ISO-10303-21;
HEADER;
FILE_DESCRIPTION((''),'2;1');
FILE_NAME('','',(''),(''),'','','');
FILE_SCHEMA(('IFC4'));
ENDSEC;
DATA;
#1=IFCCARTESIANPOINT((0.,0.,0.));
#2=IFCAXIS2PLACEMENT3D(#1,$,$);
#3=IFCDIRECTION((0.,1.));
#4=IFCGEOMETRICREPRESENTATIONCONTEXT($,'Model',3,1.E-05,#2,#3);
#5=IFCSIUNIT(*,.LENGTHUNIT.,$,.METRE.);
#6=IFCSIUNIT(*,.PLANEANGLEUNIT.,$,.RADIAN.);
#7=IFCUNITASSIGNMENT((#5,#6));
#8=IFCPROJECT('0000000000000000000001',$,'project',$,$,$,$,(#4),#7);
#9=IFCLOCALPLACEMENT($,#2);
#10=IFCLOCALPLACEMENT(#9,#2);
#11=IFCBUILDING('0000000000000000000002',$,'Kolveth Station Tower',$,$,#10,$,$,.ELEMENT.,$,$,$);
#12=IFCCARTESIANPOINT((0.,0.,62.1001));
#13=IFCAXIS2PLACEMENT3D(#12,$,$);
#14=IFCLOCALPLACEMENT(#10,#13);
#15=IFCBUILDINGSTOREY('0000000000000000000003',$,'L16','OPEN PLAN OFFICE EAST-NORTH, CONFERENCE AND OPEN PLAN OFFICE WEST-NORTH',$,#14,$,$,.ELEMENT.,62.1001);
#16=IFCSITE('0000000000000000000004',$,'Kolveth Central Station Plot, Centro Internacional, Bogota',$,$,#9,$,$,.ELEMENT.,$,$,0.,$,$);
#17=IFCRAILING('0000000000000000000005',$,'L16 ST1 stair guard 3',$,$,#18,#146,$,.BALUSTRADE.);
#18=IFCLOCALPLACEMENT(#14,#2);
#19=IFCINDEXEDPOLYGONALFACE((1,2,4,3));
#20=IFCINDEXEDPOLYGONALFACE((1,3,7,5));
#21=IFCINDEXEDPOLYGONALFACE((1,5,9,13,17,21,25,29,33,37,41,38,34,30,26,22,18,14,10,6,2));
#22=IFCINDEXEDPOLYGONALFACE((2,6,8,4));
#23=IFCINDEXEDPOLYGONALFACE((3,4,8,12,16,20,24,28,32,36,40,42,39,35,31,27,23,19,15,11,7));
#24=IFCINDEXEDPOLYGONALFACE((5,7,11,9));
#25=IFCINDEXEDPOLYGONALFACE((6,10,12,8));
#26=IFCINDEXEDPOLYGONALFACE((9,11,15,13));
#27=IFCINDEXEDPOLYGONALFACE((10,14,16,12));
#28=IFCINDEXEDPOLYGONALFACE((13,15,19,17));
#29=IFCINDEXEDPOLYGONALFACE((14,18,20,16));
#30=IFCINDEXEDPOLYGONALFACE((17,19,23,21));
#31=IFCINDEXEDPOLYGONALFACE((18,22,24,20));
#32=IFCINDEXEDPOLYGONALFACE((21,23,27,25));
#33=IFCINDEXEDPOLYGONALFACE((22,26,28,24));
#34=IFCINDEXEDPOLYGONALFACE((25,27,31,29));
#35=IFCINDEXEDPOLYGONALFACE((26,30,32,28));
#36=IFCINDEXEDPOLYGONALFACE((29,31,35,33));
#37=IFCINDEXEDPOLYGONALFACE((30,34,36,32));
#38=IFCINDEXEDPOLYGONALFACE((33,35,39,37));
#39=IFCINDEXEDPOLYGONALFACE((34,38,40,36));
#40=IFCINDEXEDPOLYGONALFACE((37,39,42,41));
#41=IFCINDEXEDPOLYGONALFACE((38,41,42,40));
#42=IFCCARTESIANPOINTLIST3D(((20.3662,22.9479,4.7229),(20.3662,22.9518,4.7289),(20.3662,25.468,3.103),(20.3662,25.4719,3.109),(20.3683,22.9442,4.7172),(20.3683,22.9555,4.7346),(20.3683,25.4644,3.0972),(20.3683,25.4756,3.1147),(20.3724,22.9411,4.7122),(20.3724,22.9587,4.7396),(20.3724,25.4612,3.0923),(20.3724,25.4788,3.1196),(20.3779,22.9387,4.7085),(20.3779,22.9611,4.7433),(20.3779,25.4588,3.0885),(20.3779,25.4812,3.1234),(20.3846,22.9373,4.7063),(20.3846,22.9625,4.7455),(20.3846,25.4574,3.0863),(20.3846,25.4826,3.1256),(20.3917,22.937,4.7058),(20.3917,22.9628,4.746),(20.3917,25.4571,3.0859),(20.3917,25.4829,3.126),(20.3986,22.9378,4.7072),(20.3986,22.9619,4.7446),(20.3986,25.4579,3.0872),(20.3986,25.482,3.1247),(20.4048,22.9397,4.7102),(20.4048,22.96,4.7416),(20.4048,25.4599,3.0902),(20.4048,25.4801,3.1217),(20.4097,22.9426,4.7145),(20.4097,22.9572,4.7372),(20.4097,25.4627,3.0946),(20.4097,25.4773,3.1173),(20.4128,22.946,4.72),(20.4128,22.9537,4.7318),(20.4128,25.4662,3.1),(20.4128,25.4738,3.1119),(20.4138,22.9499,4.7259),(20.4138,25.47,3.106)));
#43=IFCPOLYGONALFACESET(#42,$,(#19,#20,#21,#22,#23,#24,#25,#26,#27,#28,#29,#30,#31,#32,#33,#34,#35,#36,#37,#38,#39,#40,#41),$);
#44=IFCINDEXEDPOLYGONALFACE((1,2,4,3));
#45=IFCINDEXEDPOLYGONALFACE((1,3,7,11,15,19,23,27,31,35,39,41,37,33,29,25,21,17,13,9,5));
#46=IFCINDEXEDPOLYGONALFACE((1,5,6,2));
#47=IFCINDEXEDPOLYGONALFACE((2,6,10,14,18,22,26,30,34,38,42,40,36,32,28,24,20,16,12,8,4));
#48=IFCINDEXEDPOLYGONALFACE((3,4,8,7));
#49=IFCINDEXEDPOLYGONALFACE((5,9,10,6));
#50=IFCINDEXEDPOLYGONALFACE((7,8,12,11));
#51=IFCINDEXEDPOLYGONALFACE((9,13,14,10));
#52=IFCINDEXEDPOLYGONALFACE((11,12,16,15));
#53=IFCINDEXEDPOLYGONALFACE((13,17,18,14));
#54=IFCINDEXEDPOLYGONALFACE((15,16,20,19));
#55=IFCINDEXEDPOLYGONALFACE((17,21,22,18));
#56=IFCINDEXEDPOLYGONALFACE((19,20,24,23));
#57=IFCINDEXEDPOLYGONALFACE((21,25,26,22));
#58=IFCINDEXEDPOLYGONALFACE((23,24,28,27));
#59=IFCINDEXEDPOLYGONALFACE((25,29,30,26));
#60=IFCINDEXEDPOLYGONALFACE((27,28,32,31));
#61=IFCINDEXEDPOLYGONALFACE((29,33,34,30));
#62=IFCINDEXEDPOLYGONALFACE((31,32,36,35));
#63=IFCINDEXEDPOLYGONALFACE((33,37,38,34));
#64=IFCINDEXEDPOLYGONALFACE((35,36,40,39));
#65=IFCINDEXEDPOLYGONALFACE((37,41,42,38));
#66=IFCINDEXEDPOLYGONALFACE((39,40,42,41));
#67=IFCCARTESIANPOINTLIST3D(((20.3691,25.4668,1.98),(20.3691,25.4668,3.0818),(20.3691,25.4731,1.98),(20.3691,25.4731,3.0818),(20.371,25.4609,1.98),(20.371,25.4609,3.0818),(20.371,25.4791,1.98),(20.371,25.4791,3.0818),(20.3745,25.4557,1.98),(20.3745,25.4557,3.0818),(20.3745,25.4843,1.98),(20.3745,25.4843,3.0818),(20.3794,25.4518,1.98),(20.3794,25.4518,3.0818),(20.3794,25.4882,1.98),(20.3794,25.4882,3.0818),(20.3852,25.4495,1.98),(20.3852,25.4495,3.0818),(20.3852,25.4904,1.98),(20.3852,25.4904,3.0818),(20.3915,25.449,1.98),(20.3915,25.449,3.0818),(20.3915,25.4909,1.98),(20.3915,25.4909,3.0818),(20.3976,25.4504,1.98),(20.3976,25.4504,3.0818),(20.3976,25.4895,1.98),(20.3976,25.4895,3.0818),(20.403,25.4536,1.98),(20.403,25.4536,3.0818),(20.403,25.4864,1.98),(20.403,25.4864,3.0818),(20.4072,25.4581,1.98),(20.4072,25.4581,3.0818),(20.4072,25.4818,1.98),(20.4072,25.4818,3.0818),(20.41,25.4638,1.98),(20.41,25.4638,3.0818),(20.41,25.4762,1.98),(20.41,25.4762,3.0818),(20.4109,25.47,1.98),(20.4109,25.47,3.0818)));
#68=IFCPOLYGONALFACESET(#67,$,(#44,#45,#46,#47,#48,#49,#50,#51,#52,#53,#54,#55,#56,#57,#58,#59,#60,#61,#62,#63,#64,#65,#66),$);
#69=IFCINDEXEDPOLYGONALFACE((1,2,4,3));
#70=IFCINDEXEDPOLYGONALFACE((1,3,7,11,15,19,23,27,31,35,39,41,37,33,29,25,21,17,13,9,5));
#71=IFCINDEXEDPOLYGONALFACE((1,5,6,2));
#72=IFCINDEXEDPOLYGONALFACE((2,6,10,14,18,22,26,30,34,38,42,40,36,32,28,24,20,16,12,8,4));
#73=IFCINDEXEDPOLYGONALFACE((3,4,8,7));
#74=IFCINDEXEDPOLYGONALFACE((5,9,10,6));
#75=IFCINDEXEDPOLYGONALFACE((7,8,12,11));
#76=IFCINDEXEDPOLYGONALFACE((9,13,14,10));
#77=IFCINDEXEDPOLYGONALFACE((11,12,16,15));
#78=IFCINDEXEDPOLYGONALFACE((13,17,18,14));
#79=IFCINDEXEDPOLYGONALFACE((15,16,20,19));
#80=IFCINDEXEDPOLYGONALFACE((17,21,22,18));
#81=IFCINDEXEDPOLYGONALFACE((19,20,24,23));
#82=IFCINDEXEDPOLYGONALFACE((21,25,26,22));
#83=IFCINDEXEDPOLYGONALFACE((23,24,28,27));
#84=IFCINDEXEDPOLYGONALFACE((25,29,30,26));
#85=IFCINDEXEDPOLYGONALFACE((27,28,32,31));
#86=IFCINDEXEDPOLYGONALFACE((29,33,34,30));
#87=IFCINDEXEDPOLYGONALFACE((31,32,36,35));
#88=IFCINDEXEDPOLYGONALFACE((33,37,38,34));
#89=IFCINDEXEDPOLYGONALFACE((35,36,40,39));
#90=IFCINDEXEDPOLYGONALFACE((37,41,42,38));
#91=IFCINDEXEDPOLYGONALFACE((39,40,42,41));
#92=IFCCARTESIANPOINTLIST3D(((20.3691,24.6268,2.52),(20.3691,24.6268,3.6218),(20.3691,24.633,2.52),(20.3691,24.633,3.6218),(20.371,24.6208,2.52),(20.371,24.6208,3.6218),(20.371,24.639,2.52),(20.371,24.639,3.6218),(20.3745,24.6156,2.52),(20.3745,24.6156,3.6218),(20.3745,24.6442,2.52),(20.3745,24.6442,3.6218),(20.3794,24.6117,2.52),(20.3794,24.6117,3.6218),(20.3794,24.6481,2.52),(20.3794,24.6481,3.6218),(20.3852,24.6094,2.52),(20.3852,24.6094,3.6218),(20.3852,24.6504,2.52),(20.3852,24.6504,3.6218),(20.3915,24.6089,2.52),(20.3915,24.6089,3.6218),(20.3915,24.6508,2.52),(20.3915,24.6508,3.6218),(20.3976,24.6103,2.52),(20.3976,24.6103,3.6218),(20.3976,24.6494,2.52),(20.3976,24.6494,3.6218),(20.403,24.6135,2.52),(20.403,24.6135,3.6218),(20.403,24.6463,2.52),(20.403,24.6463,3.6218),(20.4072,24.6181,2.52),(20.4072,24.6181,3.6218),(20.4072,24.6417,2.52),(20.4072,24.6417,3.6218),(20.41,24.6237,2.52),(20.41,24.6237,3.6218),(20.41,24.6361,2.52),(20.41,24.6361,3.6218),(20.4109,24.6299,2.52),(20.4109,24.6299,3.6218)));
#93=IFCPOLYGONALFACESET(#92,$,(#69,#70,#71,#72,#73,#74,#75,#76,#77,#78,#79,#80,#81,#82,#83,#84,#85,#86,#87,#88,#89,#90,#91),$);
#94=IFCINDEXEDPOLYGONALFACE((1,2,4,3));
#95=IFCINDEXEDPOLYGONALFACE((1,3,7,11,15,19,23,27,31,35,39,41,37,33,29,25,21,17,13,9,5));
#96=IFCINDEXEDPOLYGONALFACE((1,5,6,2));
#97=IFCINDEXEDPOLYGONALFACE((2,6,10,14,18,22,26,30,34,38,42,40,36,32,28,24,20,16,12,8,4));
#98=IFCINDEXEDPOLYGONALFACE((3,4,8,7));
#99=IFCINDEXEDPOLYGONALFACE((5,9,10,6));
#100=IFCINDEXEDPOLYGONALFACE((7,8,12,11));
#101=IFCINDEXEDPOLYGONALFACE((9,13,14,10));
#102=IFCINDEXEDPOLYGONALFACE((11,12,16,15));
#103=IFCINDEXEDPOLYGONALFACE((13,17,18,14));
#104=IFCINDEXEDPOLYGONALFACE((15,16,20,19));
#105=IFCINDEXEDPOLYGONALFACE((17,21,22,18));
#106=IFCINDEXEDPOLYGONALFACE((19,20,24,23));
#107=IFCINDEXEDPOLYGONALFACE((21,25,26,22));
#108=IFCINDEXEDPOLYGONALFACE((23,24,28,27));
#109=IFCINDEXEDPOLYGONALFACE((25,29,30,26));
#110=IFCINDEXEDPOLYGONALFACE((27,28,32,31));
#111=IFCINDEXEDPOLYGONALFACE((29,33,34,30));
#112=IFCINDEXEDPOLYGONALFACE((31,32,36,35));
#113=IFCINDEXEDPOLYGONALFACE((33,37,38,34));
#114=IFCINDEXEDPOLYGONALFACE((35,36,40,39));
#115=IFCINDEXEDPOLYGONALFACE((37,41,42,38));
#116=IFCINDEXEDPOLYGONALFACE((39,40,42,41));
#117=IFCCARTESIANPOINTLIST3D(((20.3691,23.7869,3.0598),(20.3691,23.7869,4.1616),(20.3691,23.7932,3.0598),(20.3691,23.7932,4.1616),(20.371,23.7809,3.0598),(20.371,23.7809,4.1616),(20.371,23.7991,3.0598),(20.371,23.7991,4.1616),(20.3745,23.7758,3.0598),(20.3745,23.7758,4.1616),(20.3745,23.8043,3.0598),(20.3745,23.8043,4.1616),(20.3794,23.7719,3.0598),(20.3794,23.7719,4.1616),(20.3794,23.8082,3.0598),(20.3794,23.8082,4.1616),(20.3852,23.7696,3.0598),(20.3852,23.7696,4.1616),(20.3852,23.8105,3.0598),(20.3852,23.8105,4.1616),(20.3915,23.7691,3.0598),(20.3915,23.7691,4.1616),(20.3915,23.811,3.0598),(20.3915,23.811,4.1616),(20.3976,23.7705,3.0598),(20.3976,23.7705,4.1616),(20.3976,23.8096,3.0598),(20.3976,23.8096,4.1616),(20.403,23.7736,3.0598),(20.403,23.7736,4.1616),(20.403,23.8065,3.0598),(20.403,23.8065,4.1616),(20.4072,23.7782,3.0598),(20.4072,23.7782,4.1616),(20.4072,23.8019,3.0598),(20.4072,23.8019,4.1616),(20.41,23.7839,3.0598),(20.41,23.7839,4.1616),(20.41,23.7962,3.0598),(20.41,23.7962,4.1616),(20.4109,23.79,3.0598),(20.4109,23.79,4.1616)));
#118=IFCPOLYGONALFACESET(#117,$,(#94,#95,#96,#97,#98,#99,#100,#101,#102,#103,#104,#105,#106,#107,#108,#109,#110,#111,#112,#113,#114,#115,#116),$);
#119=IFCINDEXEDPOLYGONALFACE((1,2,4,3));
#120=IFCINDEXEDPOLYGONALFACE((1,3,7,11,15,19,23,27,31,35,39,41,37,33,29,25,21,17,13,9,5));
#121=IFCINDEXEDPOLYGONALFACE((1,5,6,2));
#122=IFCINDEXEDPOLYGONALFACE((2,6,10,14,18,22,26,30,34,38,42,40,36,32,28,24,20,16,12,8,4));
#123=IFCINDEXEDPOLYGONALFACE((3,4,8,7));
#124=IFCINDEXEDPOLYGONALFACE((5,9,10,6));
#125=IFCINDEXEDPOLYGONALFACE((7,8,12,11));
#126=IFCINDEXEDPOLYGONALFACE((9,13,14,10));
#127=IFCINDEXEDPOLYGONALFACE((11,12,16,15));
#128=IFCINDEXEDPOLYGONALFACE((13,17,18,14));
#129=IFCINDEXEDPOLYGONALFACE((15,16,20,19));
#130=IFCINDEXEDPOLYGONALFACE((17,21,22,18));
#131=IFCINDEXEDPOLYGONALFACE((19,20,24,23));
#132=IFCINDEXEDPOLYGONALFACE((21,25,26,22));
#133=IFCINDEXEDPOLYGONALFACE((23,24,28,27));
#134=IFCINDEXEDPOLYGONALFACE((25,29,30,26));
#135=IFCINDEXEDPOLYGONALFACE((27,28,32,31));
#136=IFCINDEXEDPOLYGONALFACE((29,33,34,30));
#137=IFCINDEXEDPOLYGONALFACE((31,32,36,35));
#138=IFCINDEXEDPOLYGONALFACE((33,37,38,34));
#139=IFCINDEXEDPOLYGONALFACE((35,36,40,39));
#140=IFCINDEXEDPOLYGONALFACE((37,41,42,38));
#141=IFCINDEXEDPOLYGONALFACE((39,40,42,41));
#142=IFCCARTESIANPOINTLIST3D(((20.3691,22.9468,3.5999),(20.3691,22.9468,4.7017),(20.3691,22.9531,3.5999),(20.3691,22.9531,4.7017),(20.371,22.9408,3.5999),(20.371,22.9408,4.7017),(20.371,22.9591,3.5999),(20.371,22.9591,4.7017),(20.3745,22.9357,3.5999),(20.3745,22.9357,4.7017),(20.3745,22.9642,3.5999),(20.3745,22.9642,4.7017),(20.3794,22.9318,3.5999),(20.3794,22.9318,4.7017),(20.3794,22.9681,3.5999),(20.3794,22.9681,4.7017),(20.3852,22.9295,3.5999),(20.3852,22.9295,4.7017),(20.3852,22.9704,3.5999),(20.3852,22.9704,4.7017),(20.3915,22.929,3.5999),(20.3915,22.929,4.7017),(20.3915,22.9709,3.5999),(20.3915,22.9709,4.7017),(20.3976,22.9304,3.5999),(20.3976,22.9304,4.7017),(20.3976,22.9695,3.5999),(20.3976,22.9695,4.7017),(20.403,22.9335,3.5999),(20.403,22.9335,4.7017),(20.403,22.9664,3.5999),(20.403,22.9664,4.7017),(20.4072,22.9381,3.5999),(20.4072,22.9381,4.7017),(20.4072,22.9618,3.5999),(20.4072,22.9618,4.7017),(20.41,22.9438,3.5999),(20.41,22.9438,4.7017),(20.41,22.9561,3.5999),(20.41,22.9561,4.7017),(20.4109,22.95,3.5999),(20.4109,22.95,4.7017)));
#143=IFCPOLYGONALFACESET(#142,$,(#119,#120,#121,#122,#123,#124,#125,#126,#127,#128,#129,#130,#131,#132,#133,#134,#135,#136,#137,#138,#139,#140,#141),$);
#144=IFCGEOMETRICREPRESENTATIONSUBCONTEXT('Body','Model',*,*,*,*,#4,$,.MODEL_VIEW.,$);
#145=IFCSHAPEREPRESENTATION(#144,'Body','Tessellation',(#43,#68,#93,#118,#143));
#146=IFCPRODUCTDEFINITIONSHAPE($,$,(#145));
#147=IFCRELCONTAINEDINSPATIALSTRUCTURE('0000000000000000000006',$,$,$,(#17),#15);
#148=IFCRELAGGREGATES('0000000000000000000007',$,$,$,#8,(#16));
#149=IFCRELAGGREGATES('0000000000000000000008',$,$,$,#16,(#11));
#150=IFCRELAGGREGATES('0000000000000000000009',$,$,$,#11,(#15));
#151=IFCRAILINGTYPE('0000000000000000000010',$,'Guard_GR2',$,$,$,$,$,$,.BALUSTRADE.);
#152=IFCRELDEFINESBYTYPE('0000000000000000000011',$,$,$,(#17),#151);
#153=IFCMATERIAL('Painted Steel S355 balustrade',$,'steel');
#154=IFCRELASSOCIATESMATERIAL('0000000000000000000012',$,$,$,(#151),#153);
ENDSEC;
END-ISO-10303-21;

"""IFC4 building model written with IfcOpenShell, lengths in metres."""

from ifc_helpers import new_model, si_unit, direction, frame, origin, origin_2d, place, context, subcontext, project, spatial, circle, extrude, material, type_object, element, save


model = new_model("IFC4")

# Units and contexts
model_context = context("Model", 3, precision=1e-05, world=origin(), true_north=direction((0.0, 1.0)))
body_context = subcontext(model_context, "Body", "Model", "MODEL_VIEW")
ifc_project = project(units=[si_unit("LENGTHUNIT", "METRE"), si_unit("PLANEANGLEUNIT", "RADIAN")], contexts=[model_context])

# Site, building, storey
site_placement = place(None, origin())
site = spatial("IfcSite", under=ifc_project, at=site_placement, Name="Kolveth Central Station Plot, Centro Internacional, Bogota", CompositionType="ELEMENT", RefElevation=0.0)
building_placement = place(site_placement, origin())
building = spatial("IfcBuilding", under=site, at=building_placement, Name="Kolveth Station Tower", CompositionType="ELEMENT")
storey_placement = place(building_placement, frame((0.0, 0.0, 62.1001)))
storey = spatial("IfcBuildingStorey", under=building, at=storey_placement, Name="L16", Description="OPEN PLAN OFFICE EAST-NORTH, CONFERENCE AND OPEN PLAN OFFICE WEST-NORTH", CompositionType="ELEMENT", Elevation=62.1001)

# Railing
ifc_material_1 = material(Name="Painted Steel S355 balustrade", Category="steel")
railing_type_1 = type_object("IfcRailingType", Name="Guard_GR2", PredefinedType="BALUSTRADE", material=ifc_material_1)
railing_1_placement = place(storey_placement, frame((20.3899, 25.47, 1.98)))
element("IfcRailing", 1, at=railing_1_placement, inside=storey, type_object=railing_type_1, Name="L16 ST1 stair guard 3", PredefinedType="BALUSTRADE", context=body_context, shape_type="SweptSolid", body=[
    extrude(circle(Radius=0.0239, at=origin_2d()), frame((0.0, 0.0, 1.126), z_axis=(0.0, -0.8412, 0.540725), x_axis=(1.0, 0.0, 0.0)), (0.0, 0.0, 1.0), 2.9958),
    extrude(circle(Radius=0.021, at=origin_2d()), origin(), (0.0, 0.0, 1.0), 1.1018),
    extrude(circle(Radius=0.021, at=origin_2d()), frame((0.0, -0.8401, 0.54)), (0.0, 0.0, 1.0), 1.1018),
    extrude(circle(Radius=0.021, at=origin_2d()), frame((0.0, -1.6799, 1.0798)), (0.0, 0.0, 1.0), 1.1018),
    extrude(circle(Radius=0.021, at=origin_2d()), frame((0.0, -2.52, 1.6199)), (0.0, 0.0, 1.0), 1.1018),
])

save(model, "model.ifc")
